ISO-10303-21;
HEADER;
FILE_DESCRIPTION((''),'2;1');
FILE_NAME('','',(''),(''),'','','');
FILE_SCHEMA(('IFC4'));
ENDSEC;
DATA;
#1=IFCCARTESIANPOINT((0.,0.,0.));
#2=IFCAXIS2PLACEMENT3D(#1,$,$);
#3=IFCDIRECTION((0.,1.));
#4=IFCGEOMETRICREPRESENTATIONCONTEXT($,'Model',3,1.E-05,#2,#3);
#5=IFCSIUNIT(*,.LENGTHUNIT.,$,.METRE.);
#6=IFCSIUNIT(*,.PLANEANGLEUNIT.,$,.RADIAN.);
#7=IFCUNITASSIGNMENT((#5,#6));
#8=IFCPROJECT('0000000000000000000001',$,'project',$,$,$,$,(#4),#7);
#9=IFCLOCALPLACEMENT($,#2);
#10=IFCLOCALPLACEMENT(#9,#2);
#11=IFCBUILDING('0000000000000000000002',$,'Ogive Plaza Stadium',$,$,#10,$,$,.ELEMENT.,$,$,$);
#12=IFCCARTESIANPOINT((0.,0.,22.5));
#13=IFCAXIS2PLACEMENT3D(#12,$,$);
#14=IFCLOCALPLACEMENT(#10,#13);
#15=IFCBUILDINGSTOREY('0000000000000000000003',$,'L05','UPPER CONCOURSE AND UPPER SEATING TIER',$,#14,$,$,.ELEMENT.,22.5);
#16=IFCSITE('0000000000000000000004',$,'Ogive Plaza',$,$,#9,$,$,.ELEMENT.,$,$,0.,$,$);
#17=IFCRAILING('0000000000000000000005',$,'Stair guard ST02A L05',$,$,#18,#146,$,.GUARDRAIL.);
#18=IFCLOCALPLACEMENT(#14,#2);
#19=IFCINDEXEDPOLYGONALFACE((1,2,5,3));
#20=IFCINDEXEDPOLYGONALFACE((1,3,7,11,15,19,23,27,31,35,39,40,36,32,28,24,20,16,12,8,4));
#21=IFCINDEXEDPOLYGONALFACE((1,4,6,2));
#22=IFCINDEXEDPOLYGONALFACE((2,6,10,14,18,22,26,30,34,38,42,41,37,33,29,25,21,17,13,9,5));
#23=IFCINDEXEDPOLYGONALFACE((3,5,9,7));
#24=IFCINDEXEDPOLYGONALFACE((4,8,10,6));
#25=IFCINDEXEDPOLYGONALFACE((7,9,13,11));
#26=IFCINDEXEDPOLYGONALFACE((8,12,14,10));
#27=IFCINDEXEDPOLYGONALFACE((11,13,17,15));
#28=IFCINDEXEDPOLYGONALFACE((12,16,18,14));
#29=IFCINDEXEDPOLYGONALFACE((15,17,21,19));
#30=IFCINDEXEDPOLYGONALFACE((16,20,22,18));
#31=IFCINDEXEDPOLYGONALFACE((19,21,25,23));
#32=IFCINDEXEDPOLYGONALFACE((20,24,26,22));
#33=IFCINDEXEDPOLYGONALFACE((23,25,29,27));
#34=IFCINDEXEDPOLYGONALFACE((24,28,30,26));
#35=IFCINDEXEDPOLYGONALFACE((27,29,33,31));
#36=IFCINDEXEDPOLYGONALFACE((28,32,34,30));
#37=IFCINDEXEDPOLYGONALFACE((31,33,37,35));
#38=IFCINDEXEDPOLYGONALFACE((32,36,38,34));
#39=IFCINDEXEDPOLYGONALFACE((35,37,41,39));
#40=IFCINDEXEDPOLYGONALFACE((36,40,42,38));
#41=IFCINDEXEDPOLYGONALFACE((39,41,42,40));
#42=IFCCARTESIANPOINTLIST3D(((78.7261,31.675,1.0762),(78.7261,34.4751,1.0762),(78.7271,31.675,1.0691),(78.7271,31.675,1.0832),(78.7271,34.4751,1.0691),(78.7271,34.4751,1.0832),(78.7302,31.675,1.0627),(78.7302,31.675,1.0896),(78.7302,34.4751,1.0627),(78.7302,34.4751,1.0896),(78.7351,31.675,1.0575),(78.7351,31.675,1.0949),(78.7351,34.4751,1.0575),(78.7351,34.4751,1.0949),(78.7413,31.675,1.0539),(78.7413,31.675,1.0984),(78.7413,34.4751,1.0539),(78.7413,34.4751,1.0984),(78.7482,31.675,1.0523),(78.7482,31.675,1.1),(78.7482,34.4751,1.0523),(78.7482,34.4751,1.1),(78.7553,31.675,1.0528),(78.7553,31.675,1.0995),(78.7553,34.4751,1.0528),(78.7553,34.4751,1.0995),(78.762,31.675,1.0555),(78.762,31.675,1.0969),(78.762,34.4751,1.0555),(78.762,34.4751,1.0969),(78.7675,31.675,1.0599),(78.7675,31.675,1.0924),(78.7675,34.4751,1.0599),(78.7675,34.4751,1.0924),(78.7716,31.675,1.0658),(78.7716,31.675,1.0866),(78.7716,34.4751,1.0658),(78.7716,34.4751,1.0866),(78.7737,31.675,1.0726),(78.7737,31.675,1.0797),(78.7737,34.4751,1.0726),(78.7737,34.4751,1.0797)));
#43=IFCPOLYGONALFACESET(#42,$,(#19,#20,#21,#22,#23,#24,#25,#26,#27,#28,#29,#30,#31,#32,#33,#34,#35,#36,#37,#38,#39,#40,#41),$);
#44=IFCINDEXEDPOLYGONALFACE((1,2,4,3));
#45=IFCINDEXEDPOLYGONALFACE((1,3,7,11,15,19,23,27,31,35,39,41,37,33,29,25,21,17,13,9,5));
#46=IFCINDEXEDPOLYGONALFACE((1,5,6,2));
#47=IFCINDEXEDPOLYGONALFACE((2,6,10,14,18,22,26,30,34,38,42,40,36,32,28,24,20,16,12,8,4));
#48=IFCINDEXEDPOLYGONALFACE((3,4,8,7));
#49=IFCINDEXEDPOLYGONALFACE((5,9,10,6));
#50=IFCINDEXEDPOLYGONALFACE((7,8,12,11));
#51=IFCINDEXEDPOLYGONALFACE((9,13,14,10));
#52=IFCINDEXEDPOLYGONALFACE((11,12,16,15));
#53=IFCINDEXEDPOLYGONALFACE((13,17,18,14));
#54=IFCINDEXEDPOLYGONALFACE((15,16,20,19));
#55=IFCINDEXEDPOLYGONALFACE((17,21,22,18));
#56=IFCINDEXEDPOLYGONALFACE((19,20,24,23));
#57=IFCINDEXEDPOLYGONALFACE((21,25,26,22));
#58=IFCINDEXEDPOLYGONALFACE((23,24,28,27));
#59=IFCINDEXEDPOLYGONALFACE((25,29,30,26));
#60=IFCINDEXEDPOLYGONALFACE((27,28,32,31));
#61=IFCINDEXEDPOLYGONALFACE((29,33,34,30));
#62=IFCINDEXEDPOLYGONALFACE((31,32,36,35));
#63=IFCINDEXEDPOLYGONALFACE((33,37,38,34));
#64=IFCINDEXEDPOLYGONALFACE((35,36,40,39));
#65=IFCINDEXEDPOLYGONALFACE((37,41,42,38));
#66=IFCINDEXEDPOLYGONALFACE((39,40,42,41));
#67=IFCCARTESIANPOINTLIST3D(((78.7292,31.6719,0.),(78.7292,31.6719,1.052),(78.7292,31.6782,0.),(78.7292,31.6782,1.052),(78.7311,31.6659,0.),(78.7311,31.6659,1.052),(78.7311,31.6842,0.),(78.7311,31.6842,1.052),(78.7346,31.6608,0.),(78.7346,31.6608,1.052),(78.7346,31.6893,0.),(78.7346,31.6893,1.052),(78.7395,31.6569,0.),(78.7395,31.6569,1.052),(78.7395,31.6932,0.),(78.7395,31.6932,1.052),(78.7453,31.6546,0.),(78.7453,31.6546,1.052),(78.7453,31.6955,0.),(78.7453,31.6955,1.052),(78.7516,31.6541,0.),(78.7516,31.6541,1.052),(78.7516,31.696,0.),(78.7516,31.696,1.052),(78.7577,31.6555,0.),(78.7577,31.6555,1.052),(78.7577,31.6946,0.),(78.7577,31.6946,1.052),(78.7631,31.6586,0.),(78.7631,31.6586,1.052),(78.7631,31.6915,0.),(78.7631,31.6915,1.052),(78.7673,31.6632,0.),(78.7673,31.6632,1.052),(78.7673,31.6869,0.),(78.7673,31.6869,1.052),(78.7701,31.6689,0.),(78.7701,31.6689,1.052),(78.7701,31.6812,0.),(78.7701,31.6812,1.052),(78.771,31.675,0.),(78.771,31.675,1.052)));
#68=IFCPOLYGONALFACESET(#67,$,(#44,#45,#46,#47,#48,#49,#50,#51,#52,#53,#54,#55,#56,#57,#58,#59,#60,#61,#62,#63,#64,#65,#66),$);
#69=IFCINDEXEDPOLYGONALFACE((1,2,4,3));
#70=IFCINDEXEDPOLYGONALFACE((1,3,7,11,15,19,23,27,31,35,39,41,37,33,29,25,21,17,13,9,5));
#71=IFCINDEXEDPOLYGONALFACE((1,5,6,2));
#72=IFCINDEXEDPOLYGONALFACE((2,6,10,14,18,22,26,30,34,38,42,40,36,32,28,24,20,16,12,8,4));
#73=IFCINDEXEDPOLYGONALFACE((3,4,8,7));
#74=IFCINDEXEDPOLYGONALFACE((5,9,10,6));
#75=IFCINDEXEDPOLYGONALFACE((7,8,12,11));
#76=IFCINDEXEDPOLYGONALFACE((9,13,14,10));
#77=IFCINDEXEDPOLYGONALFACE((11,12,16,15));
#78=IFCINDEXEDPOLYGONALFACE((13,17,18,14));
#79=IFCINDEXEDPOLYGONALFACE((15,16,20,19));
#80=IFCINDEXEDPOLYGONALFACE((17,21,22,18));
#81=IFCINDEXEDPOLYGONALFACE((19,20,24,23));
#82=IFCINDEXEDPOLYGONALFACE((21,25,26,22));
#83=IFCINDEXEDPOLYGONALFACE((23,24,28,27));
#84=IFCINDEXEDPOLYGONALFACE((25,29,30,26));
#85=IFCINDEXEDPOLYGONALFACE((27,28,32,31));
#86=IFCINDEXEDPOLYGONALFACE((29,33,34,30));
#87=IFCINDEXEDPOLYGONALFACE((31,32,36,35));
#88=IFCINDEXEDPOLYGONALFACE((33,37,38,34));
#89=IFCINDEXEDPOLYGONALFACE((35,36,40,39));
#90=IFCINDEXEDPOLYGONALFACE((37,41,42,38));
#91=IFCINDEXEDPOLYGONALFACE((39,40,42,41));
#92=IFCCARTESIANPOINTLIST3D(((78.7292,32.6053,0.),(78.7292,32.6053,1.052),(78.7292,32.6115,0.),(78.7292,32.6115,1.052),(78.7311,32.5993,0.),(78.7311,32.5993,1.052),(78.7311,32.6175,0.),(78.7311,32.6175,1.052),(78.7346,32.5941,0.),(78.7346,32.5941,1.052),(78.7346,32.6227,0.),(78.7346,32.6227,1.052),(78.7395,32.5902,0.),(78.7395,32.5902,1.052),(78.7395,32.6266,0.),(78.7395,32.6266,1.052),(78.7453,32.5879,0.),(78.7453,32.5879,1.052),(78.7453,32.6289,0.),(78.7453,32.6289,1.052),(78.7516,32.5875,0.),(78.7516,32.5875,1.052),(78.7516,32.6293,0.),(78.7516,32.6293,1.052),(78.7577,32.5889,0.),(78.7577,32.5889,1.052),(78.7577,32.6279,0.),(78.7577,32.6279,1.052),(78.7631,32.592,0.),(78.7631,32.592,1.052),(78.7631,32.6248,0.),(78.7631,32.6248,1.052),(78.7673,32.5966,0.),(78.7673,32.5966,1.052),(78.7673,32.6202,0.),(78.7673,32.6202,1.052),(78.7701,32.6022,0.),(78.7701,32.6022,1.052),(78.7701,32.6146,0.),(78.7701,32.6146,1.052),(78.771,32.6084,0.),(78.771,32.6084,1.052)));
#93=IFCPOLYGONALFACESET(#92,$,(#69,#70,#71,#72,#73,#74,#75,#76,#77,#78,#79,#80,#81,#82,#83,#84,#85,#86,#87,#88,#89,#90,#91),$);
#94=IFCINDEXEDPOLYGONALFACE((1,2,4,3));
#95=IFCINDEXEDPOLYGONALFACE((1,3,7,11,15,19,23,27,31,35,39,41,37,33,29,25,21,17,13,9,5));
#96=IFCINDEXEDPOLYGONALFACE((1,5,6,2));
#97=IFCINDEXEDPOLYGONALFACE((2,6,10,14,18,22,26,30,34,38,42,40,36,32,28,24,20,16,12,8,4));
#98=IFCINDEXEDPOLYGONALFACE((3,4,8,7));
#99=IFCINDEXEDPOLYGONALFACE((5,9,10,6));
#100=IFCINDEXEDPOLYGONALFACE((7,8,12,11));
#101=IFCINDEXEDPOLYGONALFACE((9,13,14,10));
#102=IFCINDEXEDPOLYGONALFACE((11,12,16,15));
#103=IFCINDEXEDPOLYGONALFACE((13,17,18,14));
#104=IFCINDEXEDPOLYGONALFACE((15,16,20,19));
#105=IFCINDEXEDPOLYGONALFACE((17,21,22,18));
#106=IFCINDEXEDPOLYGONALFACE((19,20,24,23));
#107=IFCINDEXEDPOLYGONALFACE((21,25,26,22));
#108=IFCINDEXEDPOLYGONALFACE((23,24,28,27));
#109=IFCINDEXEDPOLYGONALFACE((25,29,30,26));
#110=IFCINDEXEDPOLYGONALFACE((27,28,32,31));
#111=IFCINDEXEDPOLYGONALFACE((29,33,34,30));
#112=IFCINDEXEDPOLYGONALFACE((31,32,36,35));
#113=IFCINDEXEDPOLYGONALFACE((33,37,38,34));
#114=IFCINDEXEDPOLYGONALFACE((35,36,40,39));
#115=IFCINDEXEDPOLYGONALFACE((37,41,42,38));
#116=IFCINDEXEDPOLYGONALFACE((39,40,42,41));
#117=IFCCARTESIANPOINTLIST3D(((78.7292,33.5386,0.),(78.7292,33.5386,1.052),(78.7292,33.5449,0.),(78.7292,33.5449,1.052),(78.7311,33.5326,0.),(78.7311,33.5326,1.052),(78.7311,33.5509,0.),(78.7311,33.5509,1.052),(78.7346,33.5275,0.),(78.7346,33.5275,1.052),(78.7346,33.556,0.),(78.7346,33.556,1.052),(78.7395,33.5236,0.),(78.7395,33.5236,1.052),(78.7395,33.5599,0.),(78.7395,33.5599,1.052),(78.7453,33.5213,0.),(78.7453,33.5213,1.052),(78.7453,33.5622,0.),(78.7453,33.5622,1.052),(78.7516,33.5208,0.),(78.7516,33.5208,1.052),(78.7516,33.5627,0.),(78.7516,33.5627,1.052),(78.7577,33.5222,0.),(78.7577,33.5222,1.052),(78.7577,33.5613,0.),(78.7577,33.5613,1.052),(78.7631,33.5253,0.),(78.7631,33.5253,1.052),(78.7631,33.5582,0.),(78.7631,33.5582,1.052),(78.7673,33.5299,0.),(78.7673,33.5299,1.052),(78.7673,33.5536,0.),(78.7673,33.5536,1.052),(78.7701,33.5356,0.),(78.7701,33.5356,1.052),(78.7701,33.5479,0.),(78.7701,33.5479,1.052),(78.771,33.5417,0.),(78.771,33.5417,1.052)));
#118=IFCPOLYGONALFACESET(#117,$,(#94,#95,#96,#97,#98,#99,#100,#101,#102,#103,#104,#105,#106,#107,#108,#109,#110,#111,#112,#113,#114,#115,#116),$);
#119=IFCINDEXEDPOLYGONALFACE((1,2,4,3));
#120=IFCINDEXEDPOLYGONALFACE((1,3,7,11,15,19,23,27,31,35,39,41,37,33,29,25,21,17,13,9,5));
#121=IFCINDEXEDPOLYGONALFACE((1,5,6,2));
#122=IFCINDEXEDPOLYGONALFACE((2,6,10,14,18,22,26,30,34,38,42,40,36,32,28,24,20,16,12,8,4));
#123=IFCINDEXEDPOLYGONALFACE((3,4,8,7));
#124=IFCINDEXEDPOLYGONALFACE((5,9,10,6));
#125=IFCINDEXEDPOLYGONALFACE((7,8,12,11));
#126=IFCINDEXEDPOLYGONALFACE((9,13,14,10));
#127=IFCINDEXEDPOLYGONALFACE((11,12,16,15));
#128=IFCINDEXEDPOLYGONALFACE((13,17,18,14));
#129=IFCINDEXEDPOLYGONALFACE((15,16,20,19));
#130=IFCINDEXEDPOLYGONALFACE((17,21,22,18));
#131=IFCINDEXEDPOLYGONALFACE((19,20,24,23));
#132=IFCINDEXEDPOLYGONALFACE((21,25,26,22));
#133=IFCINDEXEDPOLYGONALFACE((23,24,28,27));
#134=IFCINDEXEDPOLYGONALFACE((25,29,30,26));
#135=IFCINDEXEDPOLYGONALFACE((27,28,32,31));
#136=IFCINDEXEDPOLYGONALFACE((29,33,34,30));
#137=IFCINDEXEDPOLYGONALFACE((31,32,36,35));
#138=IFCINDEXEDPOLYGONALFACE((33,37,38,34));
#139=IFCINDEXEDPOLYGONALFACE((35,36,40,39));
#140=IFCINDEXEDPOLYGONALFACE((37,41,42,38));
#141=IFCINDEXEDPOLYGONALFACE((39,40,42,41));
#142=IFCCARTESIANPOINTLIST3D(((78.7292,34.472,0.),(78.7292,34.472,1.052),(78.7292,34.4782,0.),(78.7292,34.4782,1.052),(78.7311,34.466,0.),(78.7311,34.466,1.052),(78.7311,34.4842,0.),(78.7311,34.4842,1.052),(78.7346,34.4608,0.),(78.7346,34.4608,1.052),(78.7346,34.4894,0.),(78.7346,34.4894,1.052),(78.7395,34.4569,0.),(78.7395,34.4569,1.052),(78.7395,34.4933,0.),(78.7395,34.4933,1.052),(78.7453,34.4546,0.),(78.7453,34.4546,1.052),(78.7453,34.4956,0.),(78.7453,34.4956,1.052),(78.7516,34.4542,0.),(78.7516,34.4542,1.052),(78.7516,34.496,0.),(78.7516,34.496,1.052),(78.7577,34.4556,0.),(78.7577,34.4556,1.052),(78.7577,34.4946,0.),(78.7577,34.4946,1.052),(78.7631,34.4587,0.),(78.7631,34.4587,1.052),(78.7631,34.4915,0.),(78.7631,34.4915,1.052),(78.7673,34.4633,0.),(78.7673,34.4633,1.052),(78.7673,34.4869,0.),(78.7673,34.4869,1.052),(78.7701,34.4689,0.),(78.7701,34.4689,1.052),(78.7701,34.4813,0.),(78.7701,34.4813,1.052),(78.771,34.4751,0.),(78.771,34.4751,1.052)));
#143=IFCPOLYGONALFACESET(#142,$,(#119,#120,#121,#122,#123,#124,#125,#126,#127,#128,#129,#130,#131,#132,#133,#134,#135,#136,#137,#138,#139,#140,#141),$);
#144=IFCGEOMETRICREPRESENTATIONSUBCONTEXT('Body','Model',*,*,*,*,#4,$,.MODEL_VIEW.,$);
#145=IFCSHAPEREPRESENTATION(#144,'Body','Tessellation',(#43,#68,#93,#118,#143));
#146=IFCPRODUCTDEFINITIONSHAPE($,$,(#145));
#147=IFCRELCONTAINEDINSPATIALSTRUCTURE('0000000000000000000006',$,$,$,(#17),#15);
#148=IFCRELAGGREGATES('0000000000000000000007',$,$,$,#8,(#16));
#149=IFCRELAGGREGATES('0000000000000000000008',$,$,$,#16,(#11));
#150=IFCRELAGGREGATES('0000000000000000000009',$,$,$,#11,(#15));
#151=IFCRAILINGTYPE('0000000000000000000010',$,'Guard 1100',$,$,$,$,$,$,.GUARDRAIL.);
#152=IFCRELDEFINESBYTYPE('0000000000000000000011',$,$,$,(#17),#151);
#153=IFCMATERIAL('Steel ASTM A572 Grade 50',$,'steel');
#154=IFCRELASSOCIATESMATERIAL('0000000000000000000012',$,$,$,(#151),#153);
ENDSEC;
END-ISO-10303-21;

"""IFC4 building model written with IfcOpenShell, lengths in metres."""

from ifc_helpers import new_model, si_unit, direction, frame, origin, origin_2d, place, context, subcontext, project, spatial, circle, extrude, material, type_object, element, save


model = new_model("IFC4")

# Units and contexts
model_context = context("Model", 3, precision=1e-05, world=origin(), true_north=direction((0.0, 1.0)))
body_context = subcontext(model_context, "Body", "Model", "MODEL_VIEW")
ifc_project = project(units=[si_unit("LENGTHUNIT", "METRE"), si_unit("PLANEANGLEUNIT", "RADIAN")], contexts=[model_context])

# Site, building, storey
site_placement = place(None, origin())
site = spatial("IfcSite", under=ifc_project, at=site_placement, Name="Ogive Plaza", CompositionType="ELEMENT", RefElevation=0.0)
building_placement = place(site_placement, origin())
building = spatial("IfcBuilding", under=site, at=building_placement, Name="Ogive Plaza Stadium", CompositionType="ELEMENT")
storey_placement = place(building_placement, frame((0.0, 0.0, 22.5)))
storey = spatial("IfcBuildingStorey", under=building, at=storey_placement, Name="L05", Description="UPPER CONCOURSE AND UPPER SEATING TIER", CompositionType="ELEMENT", Elevation=22.5)

# Railing
ifc_material_1 = material(Name="Steel ASTM A572 Grade 50", Category="steel")
railing_type = type_object("IfcRailingType", Name="Guard 1100", PredefinedType="GUARDRAIL", material=ifc_material_1)
for number, where, name in (
    (1, (78.75, 31.675, 0.0), "Stair guard ST02A L05"),
):
    element("IfcRailing", number, at=place(storey_placement, frame(where)), inside=storey, type_object=railing_type, Name=name, PredefinedType="GUARDRAIL", context=body_context, shape_type="SweptSolid", body=[
        extrude(circle(Radius=0.0239, at=origin_2d()), frame((0.0, 0.0, 1.0762), z_axis=(0.0, 1.0, 0.0), x_axis=(-1.0, 0.0, 0.0)), (0.0, 0.0, 1.0), 2.8),
        extrude(circle(Radius=0.021, at=origin_2d()), origin(), (0.0, 0.0, 1.0), 1.052),
        extrude(circle(Radius=0.021, at=origin_2d()), frame((0.0, 0.9333, 0.0)), (0.0, 0.0, 1.0), 1.052),
        extrude(circle(Radius=0.021, at=origin_2d()), frame((0.0, 1.8667, 0.0)), (0.0, 0.0, 1.0), 1.052),
        extrude(circle(Radius=0.021, at=origin_2d()), frame((0.0, 2.8, 0.0)), (0.0, 0.0, 1.0), 1.052),
    ])

save(model, "model.ifc")
